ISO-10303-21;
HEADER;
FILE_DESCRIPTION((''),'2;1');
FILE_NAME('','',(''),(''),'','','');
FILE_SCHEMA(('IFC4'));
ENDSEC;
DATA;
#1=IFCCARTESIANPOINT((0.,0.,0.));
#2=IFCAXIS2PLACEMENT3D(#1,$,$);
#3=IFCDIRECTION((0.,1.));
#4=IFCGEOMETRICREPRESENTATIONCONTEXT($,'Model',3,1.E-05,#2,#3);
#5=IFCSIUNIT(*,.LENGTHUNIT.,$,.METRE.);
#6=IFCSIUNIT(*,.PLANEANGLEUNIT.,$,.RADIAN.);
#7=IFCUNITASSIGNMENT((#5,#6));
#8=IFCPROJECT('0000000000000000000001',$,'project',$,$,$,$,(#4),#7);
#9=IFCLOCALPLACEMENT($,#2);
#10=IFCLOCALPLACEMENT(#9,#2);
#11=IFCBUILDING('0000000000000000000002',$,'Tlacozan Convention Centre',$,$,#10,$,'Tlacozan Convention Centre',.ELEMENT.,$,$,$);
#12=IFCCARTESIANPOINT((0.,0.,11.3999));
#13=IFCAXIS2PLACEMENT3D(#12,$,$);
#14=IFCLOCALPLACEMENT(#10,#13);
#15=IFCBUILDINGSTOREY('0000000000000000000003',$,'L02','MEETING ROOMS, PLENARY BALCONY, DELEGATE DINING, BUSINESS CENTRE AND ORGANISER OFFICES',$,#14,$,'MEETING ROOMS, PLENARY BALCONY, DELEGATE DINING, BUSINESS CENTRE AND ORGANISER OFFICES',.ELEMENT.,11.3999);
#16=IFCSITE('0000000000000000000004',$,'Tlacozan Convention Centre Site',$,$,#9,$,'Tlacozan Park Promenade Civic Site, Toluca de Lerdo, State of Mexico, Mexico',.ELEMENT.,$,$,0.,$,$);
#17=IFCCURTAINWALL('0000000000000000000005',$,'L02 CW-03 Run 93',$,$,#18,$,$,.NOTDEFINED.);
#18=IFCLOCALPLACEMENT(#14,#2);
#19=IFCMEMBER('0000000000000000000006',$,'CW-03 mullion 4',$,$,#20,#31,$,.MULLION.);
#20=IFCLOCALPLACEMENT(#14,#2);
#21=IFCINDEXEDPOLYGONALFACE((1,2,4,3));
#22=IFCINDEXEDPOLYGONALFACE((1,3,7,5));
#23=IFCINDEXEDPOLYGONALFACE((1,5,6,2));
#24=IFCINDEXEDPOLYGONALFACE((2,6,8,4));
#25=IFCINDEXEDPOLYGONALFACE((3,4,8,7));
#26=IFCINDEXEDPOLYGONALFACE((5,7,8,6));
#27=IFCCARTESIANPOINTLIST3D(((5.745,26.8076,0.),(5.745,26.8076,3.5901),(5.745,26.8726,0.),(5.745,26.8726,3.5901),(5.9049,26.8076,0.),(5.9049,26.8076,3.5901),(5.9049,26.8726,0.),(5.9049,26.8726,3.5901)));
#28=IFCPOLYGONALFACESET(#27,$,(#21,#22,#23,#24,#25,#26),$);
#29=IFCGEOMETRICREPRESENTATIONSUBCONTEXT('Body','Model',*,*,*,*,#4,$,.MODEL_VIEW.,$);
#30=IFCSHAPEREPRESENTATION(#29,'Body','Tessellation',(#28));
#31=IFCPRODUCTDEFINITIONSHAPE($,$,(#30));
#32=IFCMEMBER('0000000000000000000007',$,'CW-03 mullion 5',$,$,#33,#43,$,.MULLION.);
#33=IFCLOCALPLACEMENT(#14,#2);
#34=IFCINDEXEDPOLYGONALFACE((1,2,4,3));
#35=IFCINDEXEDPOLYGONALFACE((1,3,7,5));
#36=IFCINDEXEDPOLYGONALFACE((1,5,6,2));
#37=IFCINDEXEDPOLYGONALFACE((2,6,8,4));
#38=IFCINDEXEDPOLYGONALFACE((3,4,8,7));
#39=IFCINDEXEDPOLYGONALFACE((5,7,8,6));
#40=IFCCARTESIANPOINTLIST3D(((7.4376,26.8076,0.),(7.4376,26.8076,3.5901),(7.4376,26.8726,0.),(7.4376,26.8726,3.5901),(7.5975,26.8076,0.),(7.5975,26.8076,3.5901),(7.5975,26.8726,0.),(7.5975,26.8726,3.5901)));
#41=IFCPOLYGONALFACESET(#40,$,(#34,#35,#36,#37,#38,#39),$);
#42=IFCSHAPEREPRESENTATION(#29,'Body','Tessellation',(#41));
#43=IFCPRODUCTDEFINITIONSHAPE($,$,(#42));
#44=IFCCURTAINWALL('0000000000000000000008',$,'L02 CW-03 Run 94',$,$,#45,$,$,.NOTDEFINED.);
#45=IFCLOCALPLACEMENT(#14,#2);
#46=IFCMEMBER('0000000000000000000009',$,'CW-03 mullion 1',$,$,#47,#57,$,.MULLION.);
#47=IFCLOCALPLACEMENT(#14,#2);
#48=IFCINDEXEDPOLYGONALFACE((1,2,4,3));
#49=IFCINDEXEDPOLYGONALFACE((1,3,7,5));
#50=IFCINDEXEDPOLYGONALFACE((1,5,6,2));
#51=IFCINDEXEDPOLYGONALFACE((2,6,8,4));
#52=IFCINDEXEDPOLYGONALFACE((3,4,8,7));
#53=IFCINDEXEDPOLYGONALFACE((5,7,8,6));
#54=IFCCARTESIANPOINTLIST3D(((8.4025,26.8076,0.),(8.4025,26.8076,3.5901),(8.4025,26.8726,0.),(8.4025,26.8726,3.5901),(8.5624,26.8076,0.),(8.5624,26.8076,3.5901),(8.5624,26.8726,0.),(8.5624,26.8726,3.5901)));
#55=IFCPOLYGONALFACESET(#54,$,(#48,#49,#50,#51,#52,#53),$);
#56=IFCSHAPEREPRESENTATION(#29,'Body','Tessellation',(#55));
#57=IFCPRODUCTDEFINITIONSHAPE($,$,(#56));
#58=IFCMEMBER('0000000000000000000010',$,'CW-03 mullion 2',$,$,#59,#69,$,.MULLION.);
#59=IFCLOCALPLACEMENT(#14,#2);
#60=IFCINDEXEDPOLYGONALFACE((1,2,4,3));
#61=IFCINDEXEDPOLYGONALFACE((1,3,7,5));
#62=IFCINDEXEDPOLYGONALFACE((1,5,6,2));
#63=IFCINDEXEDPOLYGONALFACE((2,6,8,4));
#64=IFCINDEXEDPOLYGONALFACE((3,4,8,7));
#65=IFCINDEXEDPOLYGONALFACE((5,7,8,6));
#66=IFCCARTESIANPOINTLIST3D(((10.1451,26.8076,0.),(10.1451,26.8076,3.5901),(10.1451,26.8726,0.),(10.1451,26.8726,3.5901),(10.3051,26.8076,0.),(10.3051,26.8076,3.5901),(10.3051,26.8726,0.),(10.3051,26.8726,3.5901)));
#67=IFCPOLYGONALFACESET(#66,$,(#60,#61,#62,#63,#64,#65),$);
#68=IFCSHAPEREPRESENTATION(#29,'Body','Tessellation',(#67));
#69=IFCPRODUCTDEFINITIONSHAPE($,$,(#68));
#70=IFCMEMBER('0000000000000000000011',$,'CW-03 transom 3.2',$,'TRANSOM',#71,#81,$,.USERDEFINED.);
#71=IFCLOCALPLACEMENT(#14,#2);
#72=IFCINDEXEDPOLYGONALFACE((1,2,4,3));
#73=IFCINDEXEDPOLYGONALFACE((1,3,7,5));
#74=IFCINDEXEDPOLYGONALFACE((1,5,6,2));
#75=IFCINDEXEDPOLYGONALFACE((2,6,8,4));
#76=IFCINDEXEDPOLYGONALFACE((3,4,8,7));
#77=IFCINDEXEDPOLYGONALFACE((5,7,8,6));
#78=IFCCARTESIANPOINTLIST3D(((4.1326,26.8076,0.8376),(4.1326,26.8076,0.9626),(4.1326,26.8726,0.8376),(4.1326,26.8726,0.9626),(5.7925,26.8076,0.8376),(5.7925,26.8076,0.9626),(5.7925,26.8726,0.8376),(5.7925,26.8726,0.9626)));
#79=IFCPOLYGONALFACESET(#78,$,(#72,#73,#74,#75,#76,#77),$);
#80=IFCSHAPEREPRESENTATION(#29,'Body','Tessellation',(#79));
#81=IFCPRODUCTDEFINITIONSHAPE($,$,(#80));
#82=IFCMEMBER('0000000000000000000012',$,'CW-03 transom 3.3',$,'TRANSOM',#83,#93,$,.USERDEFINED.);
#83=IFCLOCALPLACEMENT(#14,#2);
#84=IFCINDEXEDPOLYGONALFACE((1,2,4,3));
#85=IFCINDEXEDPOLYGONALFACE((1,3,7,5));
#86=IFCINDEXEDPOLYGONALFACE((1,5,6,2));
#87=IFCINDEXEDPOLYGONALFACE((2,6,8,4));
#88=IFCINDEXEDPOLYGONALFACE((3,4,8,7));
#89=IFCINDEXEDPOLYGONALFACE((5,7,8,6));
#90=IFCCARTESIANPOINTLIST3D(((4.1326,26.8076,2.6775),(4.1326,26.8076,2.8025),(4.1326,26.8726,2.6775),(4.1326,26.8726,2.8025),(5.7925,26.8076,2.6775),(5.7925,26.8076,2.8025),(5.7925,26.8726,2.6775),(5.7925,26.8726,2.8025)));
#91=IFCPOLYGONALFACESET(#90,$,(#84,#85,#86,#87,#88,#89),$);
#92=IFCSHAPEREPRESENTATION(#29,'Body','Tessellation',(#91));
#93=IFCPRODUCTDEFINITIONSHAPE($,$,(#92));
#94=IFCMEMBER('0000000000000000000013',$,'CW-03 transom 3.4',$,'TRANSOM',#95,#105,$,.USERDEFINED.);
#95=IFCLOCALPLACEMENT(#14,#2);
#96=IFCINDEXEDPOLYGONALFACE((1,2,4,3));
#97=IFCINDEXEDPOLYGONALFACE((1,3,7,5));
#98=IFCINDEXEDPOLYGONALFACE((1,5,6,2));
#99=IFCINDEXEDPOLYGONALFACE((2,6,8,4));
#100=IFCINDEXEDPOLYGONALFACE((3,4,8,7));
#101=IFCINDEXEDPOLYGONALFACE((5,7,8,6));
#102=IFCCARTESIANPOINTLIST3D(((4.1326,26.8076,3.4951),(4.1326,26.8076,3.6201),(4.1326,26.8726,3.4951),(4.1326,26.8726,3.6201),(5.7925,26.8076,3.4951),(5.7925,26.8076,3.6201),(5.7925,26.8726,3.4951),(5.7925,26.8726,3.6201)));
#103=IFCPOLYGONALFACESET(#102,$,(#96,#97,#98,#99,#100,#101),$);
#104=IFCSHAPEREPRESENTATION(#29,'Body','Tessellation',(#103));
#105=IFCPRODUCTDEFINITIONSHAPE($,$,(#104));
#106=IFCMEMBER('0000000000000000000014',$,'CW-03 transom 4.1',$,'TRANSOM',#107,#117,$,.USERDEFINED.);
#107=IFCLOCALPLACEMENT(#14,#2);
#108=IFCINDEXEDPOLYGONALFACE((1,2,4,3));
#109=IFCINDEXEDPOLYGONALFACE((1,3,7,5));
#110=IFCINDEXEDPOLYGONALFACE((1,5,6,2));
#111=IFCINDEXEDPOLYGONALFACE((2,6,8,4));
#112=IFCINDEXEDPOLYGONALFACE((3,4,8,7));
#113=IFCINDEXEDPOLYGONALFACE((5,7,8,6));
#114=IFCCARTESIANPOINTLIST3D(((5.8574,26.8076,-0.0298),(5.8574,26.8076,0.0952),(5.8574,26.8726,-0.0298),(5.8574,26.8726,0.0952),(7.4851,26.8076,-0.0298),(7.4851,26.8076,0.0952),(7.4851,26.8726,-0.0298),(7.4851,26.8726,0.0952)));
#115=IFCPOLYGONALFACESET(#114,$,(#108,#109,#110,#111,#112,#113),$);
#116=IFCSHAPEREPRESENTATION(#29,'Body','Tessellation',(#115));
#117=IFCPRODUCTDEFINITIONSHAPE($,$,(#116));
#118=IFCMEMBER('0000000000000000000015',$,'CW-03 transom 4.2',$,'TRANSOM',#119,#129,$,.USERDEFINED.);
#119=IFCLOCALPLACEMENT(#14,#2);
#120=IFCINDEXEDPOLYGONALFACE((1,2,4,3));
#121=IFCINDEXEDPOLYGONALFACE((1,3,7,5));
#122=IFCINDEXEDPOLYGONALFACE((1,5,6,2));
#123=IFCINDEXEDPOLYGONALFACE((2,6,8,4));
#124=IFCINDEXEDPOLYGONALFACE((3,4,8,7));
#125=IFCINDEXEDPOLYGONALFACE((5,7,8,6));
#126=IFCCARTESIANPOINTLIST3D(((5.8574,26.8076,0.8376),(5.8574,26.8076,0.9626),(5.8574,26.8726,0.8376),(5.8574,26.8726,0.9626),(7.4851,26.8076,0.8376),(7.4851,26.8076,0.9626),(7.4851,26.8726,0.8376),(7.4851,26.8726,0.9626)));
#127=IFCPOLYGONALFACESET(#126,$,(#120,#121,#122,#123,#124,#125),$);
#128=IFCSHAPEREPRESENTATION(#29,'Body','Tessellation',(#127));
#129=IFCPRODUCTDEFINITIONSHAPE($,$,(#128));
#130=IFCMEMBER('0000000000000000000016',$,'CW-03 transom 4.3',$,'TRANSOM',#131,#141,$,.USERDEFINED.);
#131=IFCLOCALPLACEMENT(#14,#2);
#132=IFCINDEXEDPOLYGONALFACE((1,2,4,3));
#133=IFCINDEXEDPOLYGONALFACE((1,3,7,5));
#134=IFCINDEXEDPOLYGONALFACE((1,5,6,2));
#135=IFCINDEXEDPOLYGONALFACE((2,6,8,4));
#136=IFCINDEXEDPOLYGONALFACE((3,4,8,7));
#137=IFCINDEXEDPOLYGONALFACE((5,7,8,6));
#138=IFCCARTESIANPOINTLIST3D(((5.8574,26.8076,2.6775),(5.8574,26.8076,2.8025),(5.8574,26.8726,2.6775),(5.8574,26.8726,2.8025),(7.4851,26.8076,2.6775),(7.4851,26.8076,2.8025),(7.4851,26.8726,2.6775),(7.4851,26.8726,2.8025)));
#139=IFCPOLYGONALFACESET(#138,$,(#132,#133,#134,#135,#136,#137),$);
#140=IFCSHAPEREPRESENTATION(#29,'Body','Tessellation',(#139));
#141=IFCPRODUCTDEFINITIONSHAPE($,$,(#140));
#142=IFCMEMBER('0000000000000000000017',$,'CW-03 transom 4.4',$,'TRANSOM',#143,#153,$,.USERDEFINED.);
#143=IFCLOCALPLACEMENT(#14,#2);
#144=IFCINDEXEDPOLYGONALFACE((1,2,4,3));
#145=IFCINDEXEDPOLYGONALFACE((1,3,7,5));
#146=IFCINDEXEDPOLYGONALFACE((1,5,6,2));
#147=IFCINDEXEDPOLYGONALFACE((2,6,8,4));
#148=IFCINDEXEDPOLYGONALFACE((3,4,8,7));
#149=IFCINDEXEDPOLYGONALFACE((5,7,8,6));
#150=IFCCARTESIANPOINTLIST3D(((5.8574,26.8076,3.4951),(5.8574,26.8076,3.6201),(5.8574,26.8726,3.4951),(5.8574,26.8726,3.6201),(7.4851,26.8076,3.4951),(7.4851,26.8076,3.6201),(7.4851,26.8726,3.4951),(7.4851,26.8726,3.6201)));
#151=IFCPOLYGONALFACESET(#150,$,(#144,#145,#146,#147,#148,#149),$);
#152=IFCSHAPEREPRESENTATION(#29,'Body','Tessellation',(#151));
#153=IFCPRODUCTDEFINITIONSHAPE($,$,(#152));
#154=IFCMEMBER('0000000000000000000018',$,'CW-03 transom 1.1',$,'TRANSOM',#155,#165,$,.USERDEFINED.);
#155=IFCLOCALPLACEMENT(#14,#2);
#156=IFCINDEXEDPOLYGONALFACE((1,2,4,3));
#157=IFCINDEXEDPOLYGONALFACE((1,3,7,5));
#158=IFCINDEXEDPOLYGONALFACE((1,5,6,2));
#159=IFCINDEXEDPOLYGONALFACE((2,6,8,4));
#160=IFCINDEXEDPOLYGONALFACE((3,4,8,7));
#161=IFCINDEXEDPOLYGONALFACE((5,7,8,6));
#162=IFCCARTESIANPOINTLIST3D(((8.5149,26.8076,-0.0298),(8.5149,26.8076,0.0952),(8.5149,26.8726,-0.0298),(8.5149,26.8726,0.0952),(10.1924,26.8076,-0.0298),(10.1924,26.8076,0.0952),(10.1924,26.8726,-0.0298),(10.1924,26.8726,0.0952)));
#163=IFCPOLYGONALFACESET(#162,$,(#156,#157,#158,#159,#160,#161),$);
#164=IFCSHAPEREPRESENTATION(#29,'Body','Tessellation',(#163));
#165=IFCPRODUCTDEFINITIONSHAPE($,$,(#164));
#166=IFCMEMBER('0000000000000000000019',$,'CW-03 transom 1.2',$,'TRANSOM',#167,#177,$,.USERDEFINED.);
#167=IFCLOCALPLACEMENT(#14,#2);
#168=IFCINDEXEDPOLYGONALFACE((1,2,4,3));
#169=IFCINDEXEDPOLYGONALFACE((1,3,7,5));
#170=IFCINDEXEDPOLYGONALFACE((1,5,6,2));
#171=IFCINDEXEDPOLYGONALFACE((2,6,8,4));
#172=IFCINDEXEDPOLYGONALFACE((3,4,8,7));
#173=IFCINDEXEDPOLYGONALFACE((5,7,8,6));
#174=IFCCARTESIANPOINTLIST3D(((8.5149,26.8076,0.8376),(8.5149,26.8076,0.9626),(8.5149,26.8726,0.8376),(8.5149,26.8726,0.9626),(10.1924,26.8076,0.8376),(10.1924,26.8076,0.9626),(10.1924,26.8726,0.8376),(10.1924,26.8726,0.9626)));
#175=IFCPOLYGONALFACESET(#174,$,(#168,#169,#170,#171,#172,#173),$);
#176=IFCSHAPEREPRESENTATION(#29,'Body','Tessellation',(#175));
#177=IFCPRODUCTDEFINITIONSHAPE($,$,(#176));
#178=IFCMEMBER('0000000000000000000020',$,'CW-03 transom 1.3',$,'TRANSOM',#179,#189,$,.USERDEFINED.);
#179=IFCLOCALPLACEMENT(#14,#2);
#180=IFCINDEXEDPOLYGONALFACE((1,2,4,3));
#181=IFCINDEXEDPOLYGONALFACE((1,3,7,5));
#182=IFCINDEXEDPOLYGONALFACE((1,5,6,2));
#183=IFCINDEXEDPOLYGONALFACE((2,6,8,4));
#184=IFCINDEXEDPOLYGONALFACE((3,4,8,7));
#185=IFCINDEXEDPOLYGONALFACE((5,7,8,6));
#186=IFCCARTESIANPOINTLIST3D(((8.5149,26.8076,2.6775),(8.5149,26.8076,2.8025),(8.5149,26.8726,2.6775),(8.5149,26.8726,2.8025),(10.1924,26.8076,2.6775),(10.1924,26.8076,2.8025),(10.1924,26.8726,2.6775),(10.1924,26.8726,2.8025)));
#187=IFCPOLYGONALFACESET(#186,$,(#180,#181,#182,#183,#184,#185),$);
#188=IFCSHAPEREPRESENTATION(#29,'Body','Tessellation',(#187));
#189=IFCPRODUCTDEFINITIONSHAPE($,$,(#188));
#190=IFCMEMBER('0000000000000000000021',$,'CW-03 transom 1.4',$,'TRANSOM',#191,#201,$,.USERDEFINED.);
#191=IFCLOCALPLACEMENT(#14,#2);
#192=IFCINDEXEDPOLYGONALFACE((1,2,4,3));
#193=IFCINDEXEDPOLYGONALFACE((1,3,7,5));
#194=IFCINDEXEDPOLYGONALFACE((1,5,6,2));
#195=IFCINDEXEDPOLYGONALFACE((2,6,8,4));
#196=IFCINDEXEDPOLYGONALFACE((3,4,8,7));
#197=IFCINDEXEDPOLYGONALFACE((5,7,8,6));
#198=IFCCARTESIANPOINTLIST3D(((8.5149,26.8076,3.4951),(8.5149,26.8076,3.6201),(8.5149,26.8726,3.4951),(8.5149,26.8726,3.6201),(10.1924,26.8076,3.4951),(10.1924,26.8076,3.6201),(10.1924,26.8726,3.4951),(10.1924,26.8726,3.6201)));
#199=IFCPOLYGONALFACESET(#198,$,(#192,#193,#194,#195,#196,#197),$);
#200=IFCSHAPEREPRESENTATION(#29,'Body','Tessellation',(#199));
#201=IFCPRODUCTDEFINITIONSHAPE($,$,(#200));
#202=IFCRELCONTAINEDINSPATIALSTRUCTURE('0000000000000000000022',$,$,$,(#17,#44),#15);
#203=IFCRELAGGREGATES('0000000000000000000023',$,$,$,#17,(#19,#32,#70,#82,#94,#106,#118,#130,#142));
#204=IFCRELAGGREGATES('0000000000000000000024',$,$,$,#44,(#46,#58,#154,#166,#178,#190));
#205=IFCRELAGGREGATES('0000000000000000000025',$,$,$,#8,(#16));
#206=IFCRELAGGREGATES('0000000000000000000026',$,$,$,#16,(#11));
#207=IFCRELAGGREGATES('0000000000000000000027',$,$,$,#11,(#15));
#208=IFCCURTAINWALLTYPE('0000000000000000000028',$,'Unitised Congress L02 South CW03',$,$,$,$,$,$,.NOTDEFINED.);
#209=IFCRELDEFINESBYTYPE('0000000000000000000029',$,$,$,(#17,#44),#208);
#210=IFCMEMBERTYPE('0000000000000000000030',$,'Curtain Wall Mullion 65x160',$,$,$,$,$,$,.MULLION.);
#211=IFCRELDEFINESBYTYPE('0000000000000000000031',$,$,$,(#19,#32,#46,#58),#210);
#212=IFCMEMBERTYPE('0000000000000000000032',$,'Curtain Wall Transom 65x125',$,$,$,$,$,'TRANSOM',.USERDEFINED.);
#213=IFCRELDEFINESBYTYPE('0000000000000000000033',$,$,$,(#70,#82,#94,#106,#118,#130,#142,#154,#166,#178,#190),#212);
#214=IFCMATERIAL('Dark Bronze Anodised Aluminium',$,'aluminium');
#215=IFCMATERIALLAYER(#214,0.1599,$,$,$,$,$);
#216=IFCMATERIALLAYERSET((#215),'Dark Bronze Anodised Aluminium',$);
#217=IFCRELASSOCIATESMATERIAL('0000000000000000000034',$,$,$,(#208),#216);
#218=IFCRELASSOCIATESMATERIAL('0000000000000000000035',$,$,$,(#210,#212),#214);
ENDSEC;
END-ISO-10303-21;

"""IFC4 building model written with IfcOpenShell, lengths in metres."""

from ifc_helpers import new_model, si_unit, direction, frame, origin, origin_2d, place, context, subcontext, project, spatial, rectangle, extrude, material, layer, layer_set, material_profile, profile_set, type_object, element, aggregate, save


model = new_model("IFC4")

# Units and contexts
model_context = context("Model", 3, precision=1e-05, world=origin(), true_north=direction((0.0, 1.0)))
body_context = subcontext(model_context, "Body", "Model", "MODEL_VIEW")
ifc_project = project(units=[si_unit("LENGTHUNIT", "METRE"), si_unit("PLANEANGLEUNIT", "RADIAN")], contexts=[model_context])

# Site, building, storey
site_placement = place(None, origin())
site = spatial("IfcSite", under=ifc_project, at=site_placement, Name="Tlacozan Convention Centre Site", LongName="Tlacozan Park Promenade Civic Site, Toluca de Lerdo, State of Mexico, Mexico", CompositionType="ELEMENT", RefElevation=0.0)
building_placement = place(site_placement, origin())
building = spatial("IfcBuilding", under=site, at=building_placement, Name="Tlacozan Convention Centre", LongName="Tlacozan Convention Centre", CompositionType="ELEMENT")
storey_placement = place(building_placement, frame((0.0, 0.0, 11.3999)))
storey = spatial("IfcBuildingStorey", under=building, at=storey_placement, Name="L02", Description="MEETING ROOMS, PLENARY BALCONY, DELEGATE DINING, BUSINESS CENTRE AND ORGANISER OFFICES", LongName="MEETING ROOMS, PLENARY BALCONY, DELEGATE DINING, BUSINESS CENTRE AND ORGANISER OFFICES", CompositionType="ELEMENT", Elevation=11.3999)

# Curtain walls, members
ifc_material_1 = material(Name="Dark Bronze Anodised Aluminium", Category="aluminium")
ifc_layer_1 = layer(ifc_material_1, 0.1599)
ifc_layer_set_1 = layer_set([ifc_layer_1], Name="Dark Bronze Anodised Aluminium")
curtain_wall_type = type_object("IfcCurtainWallType", Name="Unitised Congress L02 South CW03", PredefinedType="NOTDEFINED", material=ifc_layer_set_1)
curtain_wall_1_placement = place(storey_placement, origin())
curtain_wall_1 = element("IfcCurtainWall", 1, at=curtain_wall_1_placement, inside=storey, type_object=curtain_wall_type, Name="L02 CW-03 Run 93", PredefinedType="NOTDEFINED")
ifc_material_profile_1 = material_profile(ifc_material_1, rectangle(XDim=0.0649, YDim=0.1599, at=origin_2d()), Name="ALU 65x160")
ifc_profile_set_1 = profile_set([ifc_material_profile_1], Name="Dark Bronze Anodised Aluminium")
member_type_1 = type_object("IfcMemberType", Name="Curtain Wall Mullion 65x160", PredefinedType="MULLION", material=ifc_profile_set_1)
member_1_placement = place(storey_placement, frame((5.825, 26.8401, 0.0), z_axis=(0.0, 0.0, 1.0), x_axis=(0.0, 1.0, 0.0)))
member_1 = element("IfcMember", 2, at=member_1_placement, type_object=member_type_1, Name="CW-03 mullion 4", PredefinedType="MULLION", context=body_context, shape_type="SweptSolid", body=[
    extrude(rectangle(XDim=0.0649, YDim=0.1599, at=origin_2d()), origin(), (0.0, 0.0, 1.0), 3.5901),
])
member_2_placement = place(storey_placement, frame((7.5176, 26.8401, 0.0), z_axis=(0.0, 0.0, 1.0), x_axis=(0.0, 1.0, 0.0)))
member_2 = element("IfcMember", 3, at=member_2_placement, type_object=member_type_1, Name="CW-03 mullion 5", PredefinedType="MULLION", context=body_context, shape_type="SweptSolid", body=[
    extrude(rectangle(XDim=0.0649, YDim=0.1599, at=origin_2d()), origin(), (0.0, 0.0, 1.0), 3.5901),
])
curtain_wall_2_placement = place(storey_placement, origin())
curtain_wall_2 = element("IfcCurtainWall", 4, at=curtain_wall_2_placement, inside=storey, type_object=curtain_wall_type, Name="L02 CW-03 Run 94", PredefinedType="NOTDEFINED")
member_3_placement = place(storey_placement, frame((8.4824, 26.8401, 0.0), z_axis=(0.0, 0.0, 1.0), x_axis=(0.0, 1.0, 0.0)))
member_3 = element("IfcMember", 5, at=member_3_placement, type_object=member_type_1, Name="CW-03 mullion 1", PredefinedType="MULLION", context=body_context, shape_type="SweptSolid", body=[
    extrude(rectangle(XDim=0.0649, YDim=0.1599, at=origin_2d()), origin(), (0.0, 0.0, 1.0), 3.5901),
])
member_4_placement = place(storey_placement, frame((10.2251, 26.8401, 0.0), z_axis=(0.0, 0.0, 1.0), x_axis=(0.0, 1.0, 0.0)))
member_4 = element("IfcMember", 6, at=member_4_placement, type_object=member_type_1, Name="CW-03 mullion 2", PredefinedType="MULLION", context=body_context, shape_type="SweptSolid", body=[
    extrude(rectangle(XDim=0.0649, YDim=0.1599, at=origin_2d()), origin(), (0.0, 0.0, 1.0), 3.5901),
])

# Members
ifc_material_profile_2 = material_profile(ifc_material_1, rectangle(XDim=0.0649, YDim=0.125, at=origin_2d()), Name="ALU 65x125")
ifc_profile_set_2 = profile_set([ifc_material_profile_2], Name="Dark Bronze Anodised Aluminium")
member_type_2 = type_object("IfcMemberType", Name="Curtain Wall Transom 65x125", ElementType="TRANSOM", PredefinedType="USERDEFINED", material=ifc_profile_set_2)
member_5_placement = place(storey_placement, frame((4.1326, 26.8401, 0.9001), z_axis=(1.0, 0.0, 0.0), x_axis=(0.0, 1.0, 0.0)))
member_5 = element("IfcMember", 7, at=member_5_placement, type_object=member_type_2, Name="CW-03 transom 3.2", ObjectType="TRANSOM", PredefinedType="USERDEFINED", context=body_context, shape_type="SweptSolid", body=[
    extrude(rectangle(XDim=0.0649, YDim=0.125, at=origin_2d()), origin(), (0.0, 0.0, 1.0), 1.6599),
])
member_6_placement = place(storey_placement, frame((4.1326, 26.8401, 2.74), z_axis=(1.0, 0.0, 0.0), x_axis=(0.0, 1.0, 0.0)))
member_6 = element("IfcMember", 8, at=member_6_placement, type_object=member_type_2, Name="CW-03 transom 3.3", ObjectType="TRANSOM", PredefinedType="USERDEFINED", context=body_context, shape_type="SweptSolid", body=[
    extrude(rectangle(XDim=0.0649, YDim=0.125, at=origin_2d()), origin(), (0.0, 0.0, 1.0), 1.6599),
])
member_7_placement = place(storey_placement, frame((4.1326, 26.8401, 3.5576), z_axis=(1.0, 0.0, 0.0), x_axis=(0.0, 1.0, 0.0)))
member_7 = element("IfcMember", 9, at=member_7_placement, type_object=member_type_2, Name="CW-03 transom 3.4", ObjectType="TRANSOM", PredefinedType="USERDEFINED", context=body_context, shape_type="SweptSolid", body=[
    extrude(rectangle(XDim=0.0649, YDim=0.125, at=origin_2d()), origin(), (0.0, 0.0, 1.0), 1.6599),
])
member_8_placement = place(storey_placement, frame((5.8574, 26.8401, 0.0327), z_axis=(1.0, 0.0, 0.0), x_axis=(0.0, 1.0, 0.0)))
member_8 = element("IfcMember", 10, at=member_8_placement, type_object=member_type_2, Name="CW-03 transom 4.1", ObjectType="TRANSOM", PredefinedType="USERDEFINED", context=body_context, shape_type="SweptSolid", body=[
    extrude(rectangle(XDim=0.0649, YDim=0.125, at=origin_2d()), origin(), (0.0, 0.0, 1.0), 1.6277),
])
member_9_placement = place(storey_placement, frame((5.8574, 26.8401, 0.9001), z_axis=(1.0, 0.0, 0.0), x_axis=(0.0, 1.0, 0.0)))
member_9 = element("IfcMember", 11, at=member_9_placement, type_object=member_type_2, Name="CW-03 transom 4.2", ObjectType="TRANSOM", PredefinedType="USERDEFINED", context=body_context, shape_type="SweptSolid", body=[
    extrude(rectangle(XDim=0.0649, YDim=0.125, at=origin_2d()), origin(), (0.0, 0.0, 1.0), 1.6277),
])
member_10_placement = place(storey_placement, frame((5.8574, 26.8401, 2.74), z_axis=(1.0, 0.0, 0.0), x_axis=(0.0, 1.0, 0.0)))
member_10 = element("IfcMember", 12, at=member_10_placement, type_object=member_type_2, Name="CW-03 transom 4.3", ObjectType="TRANSOM", PredefinedType="USERDEFINED", context=body_context, shape_type="SweptSolid", body=[
    extrude(rectangle(XDim=0.0649, YDim=0.125, at=origin_2d()), origin(), (0.0, 0.0, 1.0), 1.6277),
])
member_11_placement = place(storey_placement, frame((5.8574, 26.8401, 3.5576), z_axis=(1.0, 0.0, 0.0), x_axis=(0.0, 1.0, 0.0)))
member_11 = element("IfcMember", 13, at=member_11_placement, type_object=member_type_2, Name="CW-03 transom 4.4", ObjectType="TRANSOM", PredefinedType="USERDEFINED", context=body_context, shape_type="SweptSolid", body=[
    extrude(rectangle(XDim=0.0649, YDim=0.125, at=origin_2d()), origin(), (0.0, 0.0, 1.0), 1.6277),
])
member_12_placement = place(storey_placement, frame((8.5149, 26.8401, 0.0327), z_axis=(1.0, 0.0, 0.0), x_axis=(0.0, 1.0, 0.0)))
member_12 = element("IfcMember", 14, at=member_12_placement, type_object=member_type_2, Name="CW-03 transom 1.1", ObjectType="TRANSOM", PredefinedType="USERDEFINED", context=body_context, shape_type="SweptSolid", body=[
    extrude(rectangle(XDim=0.0649, YDim=0.125, at=origin_2d()), origin(), (0.0, 0.0, 1.0), 1.6775),
])
member_13_placement = place(storey_placement, frame((8.5149, 26.8401, 0.9001), z_axis=(1.0, 0.0, 0.0), x_axis=(0.0, 1.0, 0.0)))
member_13 = element("IfcMember", 15, at=member_13_placement, type_object=member_type_2, Name="CW-03 transom 1.2", ObjectType="TRANSOM", PredefinedType="USERDEFINED", context=body_context, shape_type="SweptSolid", body=[
    extrude(rectangle(XDim=0.0649, YDim=0.125, at=origin_2d()), origin(), (0.0, 0.0, 1.0), 1.6775),
])
member_14_placement = place(storey_placement, frame((8.5149, 26.8401, 2.74), z_axis=(1.0, 0.0, 0.0), x_axis=(0.0, 1.0, 0.0)))
member_14 = element("IfcMember", 16, at=member_14_placement, type_object=member_type_2, Name="CW-03 transom 1.3", ObjectType="TRANSOM", PredefinedType="USERDEFINED", context=body_context, shape_type="SweptSolid", body=[
    extrude(rectangle(XDim=0.0649, YDim=0.125, at=origin_2d()), origin(), (0.0, 0.0, 1.0), 1.6775),
])
member_15_placement = place(storey_placement, frame((8.5149, 26.8401, 3.5576), z_axis=(1.0, 0.0, 0.0), x_axis=(0.0, 1.0, 0.0)))
member_15 = element("IfcMember", 17, at=member_15_placement, type_object=member_type_2, Name="CW-03 transom 1.4", ObjectType="TRANSOM", PredefinedType="USERDEFINED", context=body_context, shape_type="SweptSolid", body=[
    extrude(rectangle(XDim=0.0649, YDim=0.125, at=origin_2d()), origin(), (0.0, 0.0, 1.0), 1.6775),
])

aggregate(curtain_wall_1, [member_1, member_2, member_5, member_6, member_7, member_8, member_9, member_10, member_11])
aggregate(curtain_wall_2, [member_3, member_4, member_12, member_13, member_14, member_15])

save(model, "model.ifc")
